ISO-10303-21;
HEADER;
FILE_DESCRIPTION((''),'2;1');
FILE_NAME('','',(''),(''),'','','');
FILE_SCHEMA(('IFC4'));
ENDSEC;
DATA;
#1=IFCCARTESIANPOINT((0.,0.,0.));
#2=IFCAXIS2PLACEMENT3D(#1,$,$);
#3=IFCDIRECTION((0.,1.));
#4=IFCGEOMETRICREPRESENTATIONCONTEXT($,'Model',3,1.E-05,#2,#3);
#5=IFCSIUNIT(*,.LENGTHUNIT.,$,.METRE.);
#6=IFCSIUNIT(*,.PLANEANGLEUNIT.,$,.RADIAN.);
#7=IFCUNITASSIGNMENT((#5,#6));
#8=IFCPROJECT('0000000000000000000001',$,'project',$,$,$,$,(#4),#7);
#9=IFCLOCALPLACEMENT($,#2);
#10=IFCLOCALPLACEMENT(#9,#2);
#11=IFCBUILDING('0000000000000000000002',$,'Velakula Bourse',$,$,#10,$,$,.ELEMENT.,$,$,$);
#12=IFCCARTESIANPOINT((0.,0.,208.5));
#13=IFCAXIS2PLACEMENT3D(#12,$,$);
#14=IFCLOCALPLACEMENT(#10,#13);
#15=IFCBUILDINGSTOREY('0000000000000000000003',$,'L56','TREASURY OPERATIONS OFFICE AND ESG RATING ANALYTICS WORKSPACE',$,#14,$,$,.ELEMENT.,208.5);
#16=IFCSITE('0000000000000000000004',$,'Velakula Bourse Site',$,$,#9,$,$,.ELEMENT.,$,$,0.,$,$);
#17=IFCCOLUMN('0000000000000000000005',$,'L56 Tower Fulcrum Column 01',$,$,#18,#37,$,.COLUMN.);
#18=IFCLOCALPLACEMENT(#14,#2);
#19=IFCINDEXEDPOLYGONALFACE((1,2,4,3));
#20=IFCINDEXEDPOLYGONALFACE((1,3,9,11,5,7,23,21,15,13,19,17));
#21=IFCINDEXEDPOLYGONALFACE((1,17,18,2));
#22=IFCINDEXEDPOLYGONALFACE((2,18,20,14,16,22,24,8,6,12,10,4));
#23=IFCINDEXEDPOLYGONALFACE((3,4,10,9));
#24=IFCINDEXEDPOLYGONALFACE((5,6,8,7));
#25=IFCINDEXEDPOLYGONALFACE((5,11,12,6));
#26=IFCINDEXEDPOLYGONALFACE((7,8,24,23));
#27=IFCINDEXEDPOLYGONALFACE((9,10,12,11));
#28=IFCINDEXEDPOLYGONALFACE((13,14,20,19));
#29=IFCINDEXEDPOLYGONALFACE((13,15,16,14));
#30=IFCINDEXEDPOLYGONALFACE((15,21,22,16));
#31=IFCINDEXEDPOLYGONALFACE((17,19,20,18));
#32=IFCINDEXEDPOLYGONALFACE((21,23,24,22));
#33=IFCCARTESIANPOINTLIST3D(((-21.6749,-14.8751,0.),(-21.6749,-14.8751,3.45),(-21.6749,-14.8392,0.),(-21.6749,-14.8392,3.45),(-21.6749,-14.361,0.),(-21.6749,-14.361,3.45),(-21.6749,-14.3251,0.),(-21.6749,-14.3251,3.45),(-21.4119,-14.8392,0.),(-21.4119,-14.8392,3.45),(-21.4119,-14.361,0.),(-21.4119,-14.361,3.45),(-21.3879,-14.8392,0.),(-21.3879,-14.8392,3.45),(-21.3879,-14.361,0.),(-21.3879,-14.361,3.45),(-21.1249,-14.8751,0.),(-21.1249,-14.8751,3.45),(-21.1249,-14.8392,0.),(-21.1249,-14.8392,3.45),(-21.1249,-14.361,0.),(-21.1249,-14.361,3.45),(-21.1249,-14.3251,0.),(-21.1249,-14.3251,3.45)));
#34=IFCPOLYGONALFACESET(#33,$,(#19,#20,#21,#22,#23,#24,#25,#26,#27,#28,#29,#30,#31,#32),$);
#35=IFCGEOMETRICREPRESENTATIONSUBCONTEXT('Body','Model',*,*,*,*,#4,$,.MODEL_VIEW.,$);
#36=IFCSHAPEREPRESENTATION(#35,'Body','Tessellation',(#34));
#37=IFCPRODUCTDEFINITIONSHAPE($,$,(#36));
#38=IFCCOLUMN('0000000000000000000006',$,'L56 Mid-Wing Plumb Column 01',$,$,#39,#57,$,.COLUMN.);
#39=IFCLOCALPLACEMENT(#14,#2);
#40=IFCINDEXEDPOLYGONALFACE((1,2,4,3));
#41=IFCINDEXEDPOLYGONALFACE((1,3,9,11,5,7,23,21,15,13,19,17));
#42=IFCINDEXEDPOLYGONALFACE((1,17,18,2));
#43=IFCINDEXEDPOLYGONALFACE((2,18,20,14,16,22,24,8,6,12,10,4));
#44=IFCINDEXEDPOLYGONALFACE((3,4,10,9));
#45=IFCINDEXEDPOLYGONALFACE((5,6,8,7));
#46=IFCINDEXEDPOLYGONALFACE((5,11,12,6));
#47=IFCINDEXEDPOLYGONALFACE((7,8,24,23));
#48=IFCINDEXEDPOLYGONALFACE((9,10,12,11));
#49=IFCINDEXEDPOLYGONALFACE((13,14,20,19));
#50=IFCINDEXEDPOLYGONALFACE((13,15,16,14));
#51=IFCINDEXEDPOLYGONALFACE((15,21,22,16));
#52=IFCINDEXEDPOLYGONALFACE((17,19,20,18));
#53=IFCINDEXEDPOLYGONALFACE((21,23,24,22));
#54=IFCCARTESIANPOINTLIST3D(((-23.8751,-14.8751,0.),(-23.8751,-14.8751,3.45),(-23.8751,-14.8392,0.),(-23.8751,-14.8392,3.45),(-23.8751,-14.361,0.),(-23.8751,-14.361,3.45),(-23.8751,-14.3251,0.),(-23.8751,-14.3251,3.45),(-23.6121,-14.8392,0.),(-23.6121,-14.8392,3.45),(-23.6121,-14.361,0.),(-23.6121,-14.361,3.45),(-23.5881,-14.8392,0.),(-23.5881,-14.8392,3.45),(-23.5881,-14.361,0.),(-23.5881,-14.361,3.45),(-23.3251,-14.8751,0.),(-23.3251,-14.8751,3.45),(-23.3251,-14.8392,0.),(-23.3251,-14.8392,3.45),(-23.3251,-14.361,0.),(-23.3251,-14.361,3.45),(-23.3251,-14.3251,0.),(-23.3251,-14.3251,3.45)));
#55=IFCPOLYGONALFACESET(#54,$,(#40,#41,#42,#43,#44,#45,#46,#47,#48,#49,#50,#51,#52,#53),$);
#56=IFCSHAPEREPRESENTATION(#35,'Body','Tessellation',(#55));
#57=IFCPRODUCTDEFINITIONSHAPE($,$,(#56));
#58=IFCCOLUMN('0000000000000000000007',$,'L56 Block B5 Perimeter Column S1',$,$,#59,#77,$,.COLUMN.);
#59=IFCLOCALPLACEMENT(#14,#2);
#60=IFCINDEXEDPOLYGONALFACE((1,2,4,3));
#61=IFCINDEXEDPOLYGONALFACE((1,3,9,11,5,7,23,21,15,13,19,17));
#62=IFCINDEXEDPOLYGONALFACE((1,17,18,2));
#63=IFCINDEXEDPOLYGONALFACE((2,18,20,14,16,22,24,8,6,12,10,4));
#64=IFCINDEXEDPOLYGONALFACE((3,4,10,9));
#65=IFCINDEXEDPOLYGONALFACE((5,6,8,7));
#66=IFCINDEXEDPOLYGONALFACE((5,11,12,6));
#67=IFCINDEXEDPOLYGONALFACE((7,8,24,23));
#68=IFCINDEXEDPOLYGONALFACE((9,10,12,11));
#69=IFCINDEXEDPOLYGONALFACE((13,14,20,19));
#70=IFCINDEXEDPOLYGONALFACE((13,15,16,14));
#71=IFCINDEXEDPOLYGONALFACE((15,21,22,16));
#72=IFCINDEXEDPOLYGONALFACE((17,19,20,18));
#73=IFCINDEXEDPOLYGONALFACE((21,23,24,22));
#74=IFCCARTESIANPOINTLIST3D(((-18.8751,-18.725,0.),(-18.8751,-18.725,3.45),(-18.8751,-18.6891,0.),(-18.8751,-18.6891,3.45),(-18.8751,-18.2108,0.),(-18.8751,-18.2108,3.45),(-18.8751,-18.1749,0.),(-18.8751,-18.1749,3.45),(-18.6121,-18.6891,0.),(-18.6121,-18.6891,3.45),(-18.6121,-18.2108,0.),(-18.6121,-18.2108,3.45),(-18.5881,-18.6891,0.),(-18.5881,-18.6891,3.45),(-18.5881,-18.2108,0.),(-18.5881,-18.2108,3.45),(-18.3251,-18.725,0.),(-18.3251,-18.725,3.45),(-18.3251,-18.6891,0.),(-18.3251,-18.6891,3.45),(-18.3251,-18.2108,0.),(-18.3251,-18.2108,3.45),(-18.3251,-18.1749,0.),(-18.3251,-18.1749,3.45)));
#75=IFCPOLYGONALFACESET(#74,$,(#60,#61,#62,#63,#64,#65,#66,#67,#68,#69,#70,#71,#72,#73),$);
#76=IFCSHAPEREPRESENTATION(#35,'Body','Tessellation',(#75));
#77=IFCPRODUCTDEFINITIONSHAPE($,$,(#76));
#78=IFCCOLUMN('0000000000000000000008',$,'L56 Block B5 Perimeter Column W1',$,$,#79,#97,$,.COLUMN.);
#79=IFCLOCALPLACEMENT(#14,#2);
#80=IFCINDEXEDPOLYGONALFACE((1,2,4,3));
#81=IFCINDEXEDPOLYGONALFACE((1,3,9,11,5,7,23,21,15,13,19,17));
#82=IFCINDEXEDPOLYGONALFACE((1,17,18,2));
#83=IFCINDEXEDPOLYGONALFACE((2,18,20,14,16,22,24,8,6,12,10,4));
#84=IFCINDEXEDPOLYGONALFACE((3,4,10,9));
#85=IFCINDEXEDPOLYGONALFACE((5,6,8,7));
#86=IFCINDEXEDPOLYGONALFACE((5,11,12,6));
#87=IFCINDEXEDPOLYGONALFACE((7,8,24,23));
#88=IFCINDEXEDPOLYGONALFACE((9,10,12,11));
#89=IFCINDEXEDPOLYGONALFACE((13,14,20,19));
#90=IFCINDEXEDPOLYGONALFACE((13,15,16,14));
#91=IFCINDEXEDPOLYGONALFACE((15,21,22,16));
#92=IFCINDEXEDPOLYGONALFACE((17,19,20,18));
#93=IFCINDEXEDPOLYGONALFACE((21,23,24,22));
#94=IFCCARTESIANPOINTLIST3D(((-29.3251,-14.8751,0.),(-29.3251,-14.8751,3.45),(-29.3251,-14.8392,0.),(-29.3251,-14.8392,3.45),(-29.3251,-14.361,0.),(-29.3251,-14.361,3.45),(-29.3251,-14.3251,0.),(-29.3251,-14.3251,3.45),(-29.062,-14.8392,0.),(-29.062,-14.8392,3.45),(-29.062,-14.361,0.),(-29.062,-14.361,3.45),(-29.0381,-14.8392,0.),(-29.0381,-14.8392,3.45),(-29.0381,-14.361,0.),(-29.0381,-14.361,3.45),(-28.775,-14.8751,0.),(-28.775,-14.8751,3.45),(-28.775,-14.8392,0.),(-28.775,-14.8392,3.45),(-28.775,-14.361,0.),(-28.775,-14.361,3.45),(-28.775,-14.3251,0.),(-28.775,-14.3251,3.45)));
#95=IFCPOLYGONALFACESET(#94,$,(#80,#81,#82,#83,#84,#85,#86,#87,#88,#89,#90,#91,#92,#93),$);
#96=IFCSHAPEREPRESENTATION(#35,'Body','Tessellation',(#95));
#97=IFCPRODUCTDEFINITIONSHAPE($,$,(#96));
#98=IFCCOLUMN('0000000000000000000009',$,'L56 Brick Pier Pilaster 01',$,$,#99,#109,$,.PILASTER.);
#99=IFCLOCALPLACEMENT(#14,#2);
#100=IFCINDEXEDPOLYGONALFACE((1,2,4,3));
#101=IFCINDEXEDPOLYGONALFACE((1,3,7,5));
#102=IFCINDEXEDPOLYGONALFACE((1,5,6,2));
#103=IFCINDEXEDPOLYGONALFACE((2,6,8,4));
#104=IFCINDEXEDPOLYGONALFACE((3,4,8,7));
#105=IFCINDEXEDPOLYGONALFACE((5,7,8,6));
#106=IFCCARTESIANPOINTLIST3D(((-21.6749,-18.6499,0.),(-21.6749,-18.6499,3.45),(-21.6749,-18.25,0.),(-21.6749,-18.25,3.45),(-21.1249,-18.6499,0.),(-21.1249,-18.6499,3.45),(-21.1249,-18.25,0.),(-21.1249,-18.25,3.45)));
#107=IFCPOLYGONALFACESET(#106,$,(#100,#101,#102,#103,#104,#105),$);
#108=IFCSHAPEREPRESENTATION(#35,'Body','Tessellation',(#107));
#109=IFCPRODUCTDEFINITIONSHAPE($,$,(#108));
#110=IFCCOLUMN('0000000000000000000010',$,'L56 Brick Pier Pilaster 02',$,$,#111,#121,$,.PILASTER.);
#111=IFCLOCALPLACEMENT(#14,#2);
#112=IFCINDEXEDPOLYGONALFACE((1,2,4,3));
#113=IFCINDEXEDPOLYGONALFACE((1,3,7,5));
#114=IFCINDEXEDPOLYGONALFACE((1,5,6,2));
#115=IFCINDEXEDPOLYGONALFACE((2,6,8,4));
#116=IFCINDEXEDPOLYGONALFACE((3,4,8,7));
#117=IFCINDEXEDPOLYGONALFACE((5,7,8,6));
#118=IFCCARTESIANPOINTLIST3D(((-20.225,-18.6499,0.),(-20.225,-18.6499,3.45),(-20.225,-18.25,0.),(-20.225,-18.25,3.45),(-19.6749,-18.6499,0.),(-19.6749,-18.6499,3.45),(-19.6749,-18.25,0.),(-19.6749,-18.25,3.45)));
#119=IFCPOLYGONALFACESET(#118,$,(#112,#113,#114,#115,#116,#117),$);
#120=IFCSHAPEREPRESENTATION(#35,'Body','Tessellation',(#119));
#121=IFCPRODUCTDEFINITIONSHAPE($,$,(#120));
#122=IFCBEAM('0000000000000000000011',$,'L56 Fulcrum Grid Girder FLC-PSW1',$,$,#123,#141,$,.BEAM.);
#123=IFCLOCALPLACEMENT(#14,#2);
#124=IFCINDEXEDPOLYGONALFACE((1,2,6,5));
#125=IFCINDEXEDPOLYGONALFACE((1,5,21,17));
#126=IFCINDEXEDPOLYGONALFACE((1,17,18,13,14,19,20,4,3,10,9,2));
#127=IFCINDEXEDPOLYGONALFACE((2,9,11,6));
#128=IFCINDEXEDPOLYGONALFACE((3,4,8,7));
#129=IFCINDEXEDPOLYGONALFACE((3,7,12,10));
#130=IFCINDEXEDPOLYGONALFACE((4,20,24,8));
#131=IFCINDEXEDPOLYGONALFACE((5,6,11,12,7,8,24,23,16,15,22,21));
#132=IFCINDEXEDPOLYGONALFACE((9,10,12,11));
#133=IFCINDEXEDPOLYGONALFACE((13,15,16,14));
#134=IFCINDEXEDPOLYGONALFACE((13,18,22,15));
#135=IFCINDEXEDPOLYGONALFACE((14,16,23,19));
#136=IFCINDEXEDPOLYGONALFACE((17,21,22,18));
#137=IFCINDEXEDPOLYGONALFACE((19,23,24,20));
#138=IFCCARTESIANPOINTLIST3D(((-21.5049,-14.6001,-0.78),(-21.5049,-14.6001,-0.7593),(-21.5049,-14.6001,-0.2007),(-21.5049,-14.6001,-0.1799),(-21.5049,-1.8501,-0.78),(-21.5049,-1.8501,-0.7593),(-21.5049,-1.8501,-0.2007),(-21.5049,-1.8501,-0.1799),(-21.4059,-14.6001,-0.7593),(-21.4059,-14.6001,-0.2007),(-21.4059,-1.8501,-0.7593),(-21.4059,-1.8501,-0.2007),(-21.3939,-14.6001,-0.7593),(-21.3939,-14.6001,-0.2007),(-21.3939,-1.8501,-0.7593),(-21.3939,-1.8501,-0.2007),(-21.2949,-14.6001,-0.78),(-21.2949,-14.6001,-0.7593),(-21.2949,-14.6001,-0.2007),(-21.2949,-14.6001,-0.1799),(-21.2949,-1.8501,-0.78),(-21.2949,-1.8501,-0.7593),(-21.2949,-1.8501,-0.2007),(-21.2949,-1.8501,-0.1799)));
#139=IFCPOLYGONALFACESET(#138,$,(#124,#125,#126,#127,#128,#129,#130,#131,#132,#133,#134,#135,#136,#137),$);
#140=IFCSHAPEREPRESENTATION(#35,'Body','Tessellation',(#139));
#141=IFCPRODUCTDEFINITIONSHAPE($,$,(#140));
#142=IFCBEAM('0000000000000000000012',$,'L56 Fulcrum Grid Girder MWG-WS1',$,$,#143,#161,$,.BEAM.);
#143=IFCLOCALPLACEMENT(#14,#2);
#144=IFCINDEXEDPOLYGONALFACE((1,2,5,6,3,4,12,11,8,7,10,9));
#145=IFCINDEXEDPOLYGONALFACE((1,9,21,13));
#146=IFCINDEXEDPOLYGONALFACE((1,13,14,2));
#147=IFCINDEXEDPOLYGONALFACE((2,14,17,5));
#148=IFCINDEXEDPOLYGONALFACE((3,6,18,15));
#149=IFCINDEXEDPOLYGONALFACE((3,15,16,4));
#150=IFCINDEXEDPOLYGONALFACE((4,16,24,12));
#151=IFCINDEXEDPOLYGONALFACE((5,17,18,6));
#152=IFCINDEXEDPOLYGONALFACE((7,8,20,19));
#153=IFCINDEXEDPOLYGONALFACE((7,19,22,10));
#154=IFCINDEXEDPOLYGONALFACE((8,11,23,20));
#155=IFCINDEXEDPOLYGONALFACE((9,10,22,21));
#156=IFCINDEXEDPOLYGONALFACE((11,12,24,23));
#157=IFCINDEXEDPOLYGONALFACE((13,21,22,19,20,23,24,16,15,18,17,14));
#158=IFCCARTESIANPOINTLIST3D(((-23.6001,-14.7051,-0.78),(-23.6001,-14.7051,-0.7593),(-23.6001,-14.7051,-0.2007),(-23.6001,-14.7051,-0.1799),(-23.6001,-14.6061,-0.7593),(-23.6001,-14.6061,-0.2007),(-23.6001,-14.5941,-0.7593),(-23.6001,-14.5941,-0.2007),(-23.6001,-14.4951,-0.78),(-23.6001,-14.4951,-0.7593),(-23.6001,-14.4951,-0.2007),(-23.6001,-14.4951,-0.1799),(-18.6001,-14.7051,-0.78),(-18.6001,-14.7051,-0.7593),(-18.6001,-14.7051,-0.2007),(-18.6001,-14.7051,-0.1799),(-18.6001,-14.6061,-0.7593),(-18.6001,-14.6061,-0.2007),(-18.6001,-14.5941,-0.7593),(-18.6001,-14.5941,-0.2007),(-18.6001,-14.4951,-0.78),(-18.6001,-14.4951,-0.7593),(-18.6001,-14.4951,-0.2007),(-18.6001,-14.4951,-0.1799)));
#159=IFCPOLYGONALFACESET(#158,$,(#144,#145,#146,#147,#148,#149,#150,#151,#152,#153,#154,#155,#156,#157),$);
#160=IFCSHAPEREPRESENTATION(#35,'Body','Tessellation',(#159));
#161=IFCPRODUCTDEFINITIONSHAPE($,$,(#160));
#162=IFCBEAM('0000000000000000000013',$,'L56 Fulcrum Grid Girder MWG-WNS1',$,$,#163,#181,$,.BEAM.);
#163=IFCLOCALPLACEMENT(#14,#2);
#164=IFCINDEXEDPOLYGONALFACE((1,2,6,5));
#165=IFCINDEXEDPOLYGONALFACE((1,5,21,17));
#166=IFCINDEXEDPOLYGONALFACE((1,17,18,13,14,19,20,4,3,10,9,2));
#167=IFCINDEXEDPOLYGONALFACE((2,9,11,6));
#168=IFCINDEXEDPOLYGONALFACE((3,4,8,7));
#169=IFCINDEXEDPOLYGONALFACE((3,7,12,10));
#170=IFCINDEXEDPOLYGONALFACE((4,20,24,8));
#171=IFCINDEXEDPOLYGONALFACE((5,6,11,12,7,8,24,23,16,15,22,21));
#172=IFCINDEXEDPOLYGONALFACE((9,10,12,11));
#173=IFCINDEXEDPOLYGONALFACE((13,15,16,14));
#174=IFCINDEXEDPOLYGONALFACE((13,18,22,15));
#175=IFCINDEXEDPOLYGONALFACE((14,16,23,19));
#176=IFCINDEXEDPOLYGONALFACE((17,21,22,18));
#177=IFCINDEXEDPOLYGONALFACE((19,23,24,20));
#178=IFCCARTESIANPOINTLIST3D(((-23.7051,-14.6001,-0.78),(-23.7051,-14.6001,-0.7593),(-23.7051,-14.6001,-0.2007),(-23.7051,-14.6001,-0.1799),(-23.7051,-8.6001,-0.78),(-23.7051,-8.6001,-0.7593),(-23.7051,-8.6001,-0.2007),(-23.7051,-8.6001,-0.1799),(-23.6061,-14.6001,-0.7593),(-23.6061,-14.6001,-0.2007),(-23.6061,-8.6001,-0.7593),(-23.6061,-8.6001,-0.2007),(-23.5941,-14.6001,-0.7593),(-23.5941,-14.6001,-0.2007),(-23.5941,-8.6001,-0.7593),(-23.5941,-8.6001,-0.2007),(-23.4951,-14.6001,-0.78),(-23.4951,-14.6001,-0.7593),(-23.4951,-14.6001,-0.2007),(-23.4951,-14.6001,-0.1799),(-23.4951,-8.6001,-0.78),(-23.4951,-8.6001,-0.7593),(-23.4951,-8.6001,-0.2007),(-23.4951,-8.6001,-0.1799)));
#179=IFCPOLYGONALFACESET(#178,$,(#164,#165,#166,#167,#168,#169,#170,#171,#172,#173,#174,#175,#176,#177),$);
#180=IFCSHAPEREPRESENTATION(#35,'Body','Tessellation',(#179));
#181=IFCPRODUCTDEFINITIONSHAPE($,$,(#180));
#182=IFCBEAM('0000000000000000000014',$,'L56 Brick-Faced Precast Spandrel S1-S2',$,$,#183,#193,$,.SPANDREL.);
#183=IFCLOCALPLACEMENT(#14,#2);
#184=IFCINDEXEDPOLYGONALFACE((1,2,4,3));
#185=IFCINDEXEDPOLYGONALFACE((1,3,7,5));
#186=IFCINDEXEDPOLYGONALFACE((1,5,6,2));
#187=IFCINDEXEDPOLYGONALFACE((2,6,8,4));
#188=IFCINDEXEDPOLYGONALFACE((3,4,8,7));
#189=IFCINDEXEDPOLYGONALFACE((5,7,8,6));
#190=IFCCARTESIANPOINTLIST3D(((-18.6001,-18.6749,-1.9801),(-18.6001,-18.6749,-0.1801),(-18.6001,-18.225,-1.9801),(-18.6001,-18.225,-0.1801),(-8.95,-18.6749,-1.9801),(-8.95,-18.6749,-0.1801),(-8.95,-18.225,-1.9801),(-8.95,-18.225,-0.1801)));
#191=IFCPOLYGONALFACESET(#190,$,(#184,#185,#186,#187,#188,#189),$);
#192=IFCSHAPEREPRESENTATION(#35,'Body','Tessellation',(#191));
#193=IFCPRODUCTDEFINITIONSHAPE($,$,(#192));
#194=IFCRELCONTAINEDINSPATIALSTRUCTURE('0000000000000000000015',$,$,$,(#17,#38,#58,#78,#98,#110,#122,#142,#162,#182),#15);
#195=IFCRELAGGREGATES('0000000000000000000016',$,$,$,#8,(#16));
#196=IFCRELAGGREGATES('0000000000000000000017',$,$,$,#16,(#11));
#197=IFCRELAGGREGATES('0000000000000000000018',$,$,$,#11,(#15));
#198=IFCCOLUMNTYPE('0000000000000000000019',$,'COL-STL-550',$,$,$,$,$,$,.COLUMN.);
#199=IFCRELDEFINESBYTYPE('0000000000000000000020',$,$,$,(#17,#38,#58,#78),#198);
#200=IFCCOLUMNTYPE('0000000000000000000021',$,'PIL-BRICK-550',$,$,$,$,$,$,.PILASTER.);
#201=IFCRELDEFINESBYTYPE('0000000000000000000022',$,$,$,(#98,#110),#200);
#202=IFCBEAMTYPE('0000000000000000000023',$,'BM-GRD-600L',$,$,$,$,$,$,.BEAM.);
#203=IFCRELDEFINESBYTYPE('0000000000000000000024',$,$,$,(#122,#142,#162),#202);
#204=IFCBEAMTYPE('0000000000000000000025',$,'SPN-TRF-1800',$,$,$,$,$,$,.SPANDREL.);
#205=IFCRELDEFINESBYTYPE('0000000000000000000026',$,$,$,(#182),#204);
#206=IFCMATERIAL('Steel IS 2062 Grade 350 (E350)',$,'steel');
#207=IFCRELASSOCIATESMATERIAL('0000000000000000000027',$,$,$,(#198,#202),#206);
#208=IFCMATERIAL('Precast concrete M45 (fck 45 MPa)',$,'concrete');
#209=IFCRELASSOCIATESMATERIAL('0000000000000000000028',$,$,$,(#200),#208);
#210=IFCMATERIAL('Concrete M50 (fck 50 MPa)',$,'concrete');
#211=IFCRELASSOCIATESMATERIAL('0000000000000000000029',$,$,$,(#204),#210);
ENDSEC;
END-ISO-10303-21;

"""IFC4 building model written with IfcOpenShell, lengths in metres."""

from ifc_helpers import new_model, si_unit, direction, frame, origin, origin_2d, place, context, subcontext, project, spatial, rectangle, i_section, extrude, material, material_profile, profile_set, type_object, element, save


model = new_model("IFC4")

# Units and contexts
model_context = context("Model", 3, precision=1e-05, world=origin(), true_north=direction((0.0, 1.0)))
body_context = subcontext(model_context, "Body", "Model", "MODEL_VIEW")
ifc_project = project(units=[si_unit("LENGTHUNIT", "METRE"), si_unit("PLANEANGLEUNIT", "RADIAN")], contexts=[model_context])

# Site, building, storey
site_placement = place(None, origin())
site = spatial("IfcSite", under=ifc_project, at=site_placement, Name="Velakula Bourse Site", CompositionType="ELEMENT", RefElevation=0.0)
building_placement = place(site_placement, origin())
building = spatial("IfcBuilding", under=site, at=building_placement, Name="Velakula Bourse", CompositionType="ELEMENT")
storey_placement = place(building_placement, frame((0.0, 0.0, 208.5)))
storey = spatial("IfcBuildingStorey", under=building, at=storey_placement, Name="L56", Description="TREASURY OPERATIONS OFFICE AND ESG RATING ANALYTICS WORKSPACE", CompositionType="ELEMENT", Elevation=208.5)

# Columns
ifc_material_1 = material(Name="Steel IS 2062 Grade 350 (E350)", Category="steel")
ifc_material_profile_1 = material_profile(ifc_material_1, i_section(OverallWidth=0.55, OverallDepth=0.55, WebThickness=0.0239, FlangeThickness=0.0359, at=origin_2d()), Name="Steel IS 2062 Grade 350 (E350)")
ifc_profile_set_1 = profile_set([ifc_material_profile_1], Name="Steel IS 2062 Grade 350 (E350)")
column_type_1 = type_object("IfcColumnType", Name="COL-STL-550", PredefinedType="COLUMN", material=ifc_profile_set_1)
for number, where, z_axis, x_axis, name in (
    (1, (-21.3999, -14.6001, 0.0), (0.0, 0.0, 1.0), (1.0, 0.0, 0.0), "L56 Tower Fulcrum Column 01"),
    (2, (-23.6001, -14.6001, 0.0), (0.0, 0.0, 1.0), (1.0, 0.0, 0.0), "L56 Mid-Wing Plumb Column 01"),
    (3, (-18.6001, -18.45, 0.0), (0.0, 0.0, 1.0), (1.0, 0.0, 0.0), "L56 Block B5 Perimeter Column S1"),
    (4, (-29.05, -14.6001, 0.0), (0.0, 0.0, 1.0), (1.0, 0.0, 0.0), "L56 Block B5 Perimeter Column W1"),
):
    element("IfcColumn", number, at=place(storey_placement, frame(where, z_axis=z_axis, x_axis=x_axis)), inside=storey, type_object=column_type_1, Name=name, PredefinedType="COLUMN", context=body_context, shape_type="SweptSolid", body=[
        extrude(i_section(OverallWidth=0.55, OverallDepth=0.55, WebThickness=0.0239, FlangeThickness=0.0359, at=origin_2d()), origin(), (0.0, 0.0, 1.0), 3.45),
    ])
ifc_material_2 = material(Name="Precast concrete M45 (fck 45 MPa)", Category="concrete")
ifc_material_profile_2 = material_profile(ifc_material_2, rectangle(XDim=0.55, YDim=0.3999, at=origin_2d()), Name="Precast concrete M45 (fck 45 MPa)")
ifc_profile_set_2 = profile_set([ifc_material_profile_2], Name="Precast concrete M45 (fck 45 MPa)")
column_type_2 = type_object("IfcColumnType", Name="PIL-BRICK-550", PredefinedType="PILASTER", material=ifc_profile_set_2)
for number, where, z_axis, x_axis, name in (
    (5, (-21.3999, -18.45, 0.0), (0.0, 0.0, 1.0), (1.0, 0.0, 0.0), "L56 Brick Pier Pilaster 01"),
    (6, (-19.95, -18.45, 0.0), (0.0, 0.0, 1.0), (1.0, 0.0, 0.0), "L56 Brick Pier Pilaster 02"),
):
    element("IfcColumn", number, at=place(storey_placement, frame(where, z_axis=z_axis, x_axis=x_axis)), inside=storey, type_object=column_type_2, Name=name, PredefinedType="PILASTER", context=body_context, shape_type="SweptSolid", body=[
        extrude(rectangle(XDim=0.55, YDim=0.3999, at=origin_2d()), origin(), (0.0, 0.0, 1.0), 3.45),
    ])

# Beams
ifc_material_profile_3 = material_profile(ifc_material_1, i_section(OverallWidth=0.21, OverallDepth=0.6001, WebThickness=0.012, FlangeThickness=0.0208, at=origin_2d()), Name="Steel IS 2062 Grade 350 (E350)")
ifc_profile_set_3 = profile_set([ifc_material_profile_3], Name="Steel IS 2062 Grade 350 (E350)")
beam_type_1 = type_object("IfcBeamType", Name="BM-GRD-600L", PredefinedType="BEAM", material=ifc_profile_set_3)
beam_1_placement = place(storey_placement, frame((-21.3999, -14.6001, -0.48), z_axis=(0.0, 1.0, 0.0), x_axis=(-1.0, 0.0, 0.0)))
element("IfcBeam", 7, at=beam_1_placement, inside=storey, type_object=beam_type_1, Name="L56 Fulcrum Grid Girder FLC-PSW1", PredefinedType="BEAM", context=body_context, shape_type="SweptSolid", body=[
    extrude(i_section(OverallWidth=0.21, OverallDepth=0.6001, WebThickness=0.012, FlangeThickness=0.0208, at=origin_2d()), origin(), (0.0, 0.0, 1.0), 12.75),
])
beam_2_placement = place(storey_placement, frame((-23.6001, -14.6001, -0.48), z_axis=(1.0, 0.0, 0.0), x_axis=(0.0, 1.0, 0.0)))
element("IfcBeam", 8, at=beam_2_placement, inside=storey, type_object=beam_type_1, Name="L56 Fulcrum Grid Girder MWG-WS1", PredefinedType="BEAM", context=body_context, shape_type="SweptSolid", body=[
    extrude(i_section(OverallWidth=0.21, OverallDepth=0.6001, WebThickness=0.012, FlangeThickness=0.0208, at=origin_2d()), origin(), (0.0, 0.0, 1.0), 5.0),
])
beam_3_placement = place(storey_placement, frame((-23.6001, -14.6001, -0.48), z_axis=(0.0, 1.0, 0.0), x_axis=(-1.0, 0.0, 0.0)))
element("IfcBeam", 9, at=beam_3_placement, inside=storey, type_object=beam_type_1, Name="L56 Fulcrum Grid Girder MWG-WNS1", PredefinedType="BEAM", context=body_context, shape_type="SweptSolid", body=[
    extrude(i_section(OverallWidth=0.21, OverallDepth=0.6001, WebThickness=0.012, FlangeThickness=0.0208, at=origin_2d()), origin(), (0.0, 0.0, 1.0), 6.0),
])
ifc_material_3 = material(Name="Concrete M50 (fck 50 MPa)", Category="concrete")
ifc_material_profile_4 = material_profile(ifc_material_3, rectangle(XDim=0.45, YDim=1.8, at=origin_2d()), Name="Concrete M50 (fck 50 MPa)")
ifc_profile_set_4 = profile_set([ifc_material_profile_4], Name="Concrete M50 (fck 50 MPa)")
beam_type_2 = type_object("IfcBeamType", Name="SPN-TRF-1800", PredefinedType="SPANDREL", material=ifc_profile_set_4)
beam_4_placement = place(storey_placement, frame((-18.6001, -18.45, -1.0801), z_axis=(1.0, 0.0, 0.0), x_axis=(0.0, 1.0, 0.0)))
element("IfcBeam", 10, at=beam_4_placement, inside=storey, type_object=beam_type_2, Name="L56 Brick-Faced Precast Spandrel S1-S2", PredefinedType="SPANDREL", context=body_context, shape_type="SweptSolid", body=[
    extrude(rectangle(XDim=0.45, YDim=1.8, at=origin_2d()), origin(), (0.0, 0.0, 1.0), 9.6501),
])

save(model, "model.ifc")
